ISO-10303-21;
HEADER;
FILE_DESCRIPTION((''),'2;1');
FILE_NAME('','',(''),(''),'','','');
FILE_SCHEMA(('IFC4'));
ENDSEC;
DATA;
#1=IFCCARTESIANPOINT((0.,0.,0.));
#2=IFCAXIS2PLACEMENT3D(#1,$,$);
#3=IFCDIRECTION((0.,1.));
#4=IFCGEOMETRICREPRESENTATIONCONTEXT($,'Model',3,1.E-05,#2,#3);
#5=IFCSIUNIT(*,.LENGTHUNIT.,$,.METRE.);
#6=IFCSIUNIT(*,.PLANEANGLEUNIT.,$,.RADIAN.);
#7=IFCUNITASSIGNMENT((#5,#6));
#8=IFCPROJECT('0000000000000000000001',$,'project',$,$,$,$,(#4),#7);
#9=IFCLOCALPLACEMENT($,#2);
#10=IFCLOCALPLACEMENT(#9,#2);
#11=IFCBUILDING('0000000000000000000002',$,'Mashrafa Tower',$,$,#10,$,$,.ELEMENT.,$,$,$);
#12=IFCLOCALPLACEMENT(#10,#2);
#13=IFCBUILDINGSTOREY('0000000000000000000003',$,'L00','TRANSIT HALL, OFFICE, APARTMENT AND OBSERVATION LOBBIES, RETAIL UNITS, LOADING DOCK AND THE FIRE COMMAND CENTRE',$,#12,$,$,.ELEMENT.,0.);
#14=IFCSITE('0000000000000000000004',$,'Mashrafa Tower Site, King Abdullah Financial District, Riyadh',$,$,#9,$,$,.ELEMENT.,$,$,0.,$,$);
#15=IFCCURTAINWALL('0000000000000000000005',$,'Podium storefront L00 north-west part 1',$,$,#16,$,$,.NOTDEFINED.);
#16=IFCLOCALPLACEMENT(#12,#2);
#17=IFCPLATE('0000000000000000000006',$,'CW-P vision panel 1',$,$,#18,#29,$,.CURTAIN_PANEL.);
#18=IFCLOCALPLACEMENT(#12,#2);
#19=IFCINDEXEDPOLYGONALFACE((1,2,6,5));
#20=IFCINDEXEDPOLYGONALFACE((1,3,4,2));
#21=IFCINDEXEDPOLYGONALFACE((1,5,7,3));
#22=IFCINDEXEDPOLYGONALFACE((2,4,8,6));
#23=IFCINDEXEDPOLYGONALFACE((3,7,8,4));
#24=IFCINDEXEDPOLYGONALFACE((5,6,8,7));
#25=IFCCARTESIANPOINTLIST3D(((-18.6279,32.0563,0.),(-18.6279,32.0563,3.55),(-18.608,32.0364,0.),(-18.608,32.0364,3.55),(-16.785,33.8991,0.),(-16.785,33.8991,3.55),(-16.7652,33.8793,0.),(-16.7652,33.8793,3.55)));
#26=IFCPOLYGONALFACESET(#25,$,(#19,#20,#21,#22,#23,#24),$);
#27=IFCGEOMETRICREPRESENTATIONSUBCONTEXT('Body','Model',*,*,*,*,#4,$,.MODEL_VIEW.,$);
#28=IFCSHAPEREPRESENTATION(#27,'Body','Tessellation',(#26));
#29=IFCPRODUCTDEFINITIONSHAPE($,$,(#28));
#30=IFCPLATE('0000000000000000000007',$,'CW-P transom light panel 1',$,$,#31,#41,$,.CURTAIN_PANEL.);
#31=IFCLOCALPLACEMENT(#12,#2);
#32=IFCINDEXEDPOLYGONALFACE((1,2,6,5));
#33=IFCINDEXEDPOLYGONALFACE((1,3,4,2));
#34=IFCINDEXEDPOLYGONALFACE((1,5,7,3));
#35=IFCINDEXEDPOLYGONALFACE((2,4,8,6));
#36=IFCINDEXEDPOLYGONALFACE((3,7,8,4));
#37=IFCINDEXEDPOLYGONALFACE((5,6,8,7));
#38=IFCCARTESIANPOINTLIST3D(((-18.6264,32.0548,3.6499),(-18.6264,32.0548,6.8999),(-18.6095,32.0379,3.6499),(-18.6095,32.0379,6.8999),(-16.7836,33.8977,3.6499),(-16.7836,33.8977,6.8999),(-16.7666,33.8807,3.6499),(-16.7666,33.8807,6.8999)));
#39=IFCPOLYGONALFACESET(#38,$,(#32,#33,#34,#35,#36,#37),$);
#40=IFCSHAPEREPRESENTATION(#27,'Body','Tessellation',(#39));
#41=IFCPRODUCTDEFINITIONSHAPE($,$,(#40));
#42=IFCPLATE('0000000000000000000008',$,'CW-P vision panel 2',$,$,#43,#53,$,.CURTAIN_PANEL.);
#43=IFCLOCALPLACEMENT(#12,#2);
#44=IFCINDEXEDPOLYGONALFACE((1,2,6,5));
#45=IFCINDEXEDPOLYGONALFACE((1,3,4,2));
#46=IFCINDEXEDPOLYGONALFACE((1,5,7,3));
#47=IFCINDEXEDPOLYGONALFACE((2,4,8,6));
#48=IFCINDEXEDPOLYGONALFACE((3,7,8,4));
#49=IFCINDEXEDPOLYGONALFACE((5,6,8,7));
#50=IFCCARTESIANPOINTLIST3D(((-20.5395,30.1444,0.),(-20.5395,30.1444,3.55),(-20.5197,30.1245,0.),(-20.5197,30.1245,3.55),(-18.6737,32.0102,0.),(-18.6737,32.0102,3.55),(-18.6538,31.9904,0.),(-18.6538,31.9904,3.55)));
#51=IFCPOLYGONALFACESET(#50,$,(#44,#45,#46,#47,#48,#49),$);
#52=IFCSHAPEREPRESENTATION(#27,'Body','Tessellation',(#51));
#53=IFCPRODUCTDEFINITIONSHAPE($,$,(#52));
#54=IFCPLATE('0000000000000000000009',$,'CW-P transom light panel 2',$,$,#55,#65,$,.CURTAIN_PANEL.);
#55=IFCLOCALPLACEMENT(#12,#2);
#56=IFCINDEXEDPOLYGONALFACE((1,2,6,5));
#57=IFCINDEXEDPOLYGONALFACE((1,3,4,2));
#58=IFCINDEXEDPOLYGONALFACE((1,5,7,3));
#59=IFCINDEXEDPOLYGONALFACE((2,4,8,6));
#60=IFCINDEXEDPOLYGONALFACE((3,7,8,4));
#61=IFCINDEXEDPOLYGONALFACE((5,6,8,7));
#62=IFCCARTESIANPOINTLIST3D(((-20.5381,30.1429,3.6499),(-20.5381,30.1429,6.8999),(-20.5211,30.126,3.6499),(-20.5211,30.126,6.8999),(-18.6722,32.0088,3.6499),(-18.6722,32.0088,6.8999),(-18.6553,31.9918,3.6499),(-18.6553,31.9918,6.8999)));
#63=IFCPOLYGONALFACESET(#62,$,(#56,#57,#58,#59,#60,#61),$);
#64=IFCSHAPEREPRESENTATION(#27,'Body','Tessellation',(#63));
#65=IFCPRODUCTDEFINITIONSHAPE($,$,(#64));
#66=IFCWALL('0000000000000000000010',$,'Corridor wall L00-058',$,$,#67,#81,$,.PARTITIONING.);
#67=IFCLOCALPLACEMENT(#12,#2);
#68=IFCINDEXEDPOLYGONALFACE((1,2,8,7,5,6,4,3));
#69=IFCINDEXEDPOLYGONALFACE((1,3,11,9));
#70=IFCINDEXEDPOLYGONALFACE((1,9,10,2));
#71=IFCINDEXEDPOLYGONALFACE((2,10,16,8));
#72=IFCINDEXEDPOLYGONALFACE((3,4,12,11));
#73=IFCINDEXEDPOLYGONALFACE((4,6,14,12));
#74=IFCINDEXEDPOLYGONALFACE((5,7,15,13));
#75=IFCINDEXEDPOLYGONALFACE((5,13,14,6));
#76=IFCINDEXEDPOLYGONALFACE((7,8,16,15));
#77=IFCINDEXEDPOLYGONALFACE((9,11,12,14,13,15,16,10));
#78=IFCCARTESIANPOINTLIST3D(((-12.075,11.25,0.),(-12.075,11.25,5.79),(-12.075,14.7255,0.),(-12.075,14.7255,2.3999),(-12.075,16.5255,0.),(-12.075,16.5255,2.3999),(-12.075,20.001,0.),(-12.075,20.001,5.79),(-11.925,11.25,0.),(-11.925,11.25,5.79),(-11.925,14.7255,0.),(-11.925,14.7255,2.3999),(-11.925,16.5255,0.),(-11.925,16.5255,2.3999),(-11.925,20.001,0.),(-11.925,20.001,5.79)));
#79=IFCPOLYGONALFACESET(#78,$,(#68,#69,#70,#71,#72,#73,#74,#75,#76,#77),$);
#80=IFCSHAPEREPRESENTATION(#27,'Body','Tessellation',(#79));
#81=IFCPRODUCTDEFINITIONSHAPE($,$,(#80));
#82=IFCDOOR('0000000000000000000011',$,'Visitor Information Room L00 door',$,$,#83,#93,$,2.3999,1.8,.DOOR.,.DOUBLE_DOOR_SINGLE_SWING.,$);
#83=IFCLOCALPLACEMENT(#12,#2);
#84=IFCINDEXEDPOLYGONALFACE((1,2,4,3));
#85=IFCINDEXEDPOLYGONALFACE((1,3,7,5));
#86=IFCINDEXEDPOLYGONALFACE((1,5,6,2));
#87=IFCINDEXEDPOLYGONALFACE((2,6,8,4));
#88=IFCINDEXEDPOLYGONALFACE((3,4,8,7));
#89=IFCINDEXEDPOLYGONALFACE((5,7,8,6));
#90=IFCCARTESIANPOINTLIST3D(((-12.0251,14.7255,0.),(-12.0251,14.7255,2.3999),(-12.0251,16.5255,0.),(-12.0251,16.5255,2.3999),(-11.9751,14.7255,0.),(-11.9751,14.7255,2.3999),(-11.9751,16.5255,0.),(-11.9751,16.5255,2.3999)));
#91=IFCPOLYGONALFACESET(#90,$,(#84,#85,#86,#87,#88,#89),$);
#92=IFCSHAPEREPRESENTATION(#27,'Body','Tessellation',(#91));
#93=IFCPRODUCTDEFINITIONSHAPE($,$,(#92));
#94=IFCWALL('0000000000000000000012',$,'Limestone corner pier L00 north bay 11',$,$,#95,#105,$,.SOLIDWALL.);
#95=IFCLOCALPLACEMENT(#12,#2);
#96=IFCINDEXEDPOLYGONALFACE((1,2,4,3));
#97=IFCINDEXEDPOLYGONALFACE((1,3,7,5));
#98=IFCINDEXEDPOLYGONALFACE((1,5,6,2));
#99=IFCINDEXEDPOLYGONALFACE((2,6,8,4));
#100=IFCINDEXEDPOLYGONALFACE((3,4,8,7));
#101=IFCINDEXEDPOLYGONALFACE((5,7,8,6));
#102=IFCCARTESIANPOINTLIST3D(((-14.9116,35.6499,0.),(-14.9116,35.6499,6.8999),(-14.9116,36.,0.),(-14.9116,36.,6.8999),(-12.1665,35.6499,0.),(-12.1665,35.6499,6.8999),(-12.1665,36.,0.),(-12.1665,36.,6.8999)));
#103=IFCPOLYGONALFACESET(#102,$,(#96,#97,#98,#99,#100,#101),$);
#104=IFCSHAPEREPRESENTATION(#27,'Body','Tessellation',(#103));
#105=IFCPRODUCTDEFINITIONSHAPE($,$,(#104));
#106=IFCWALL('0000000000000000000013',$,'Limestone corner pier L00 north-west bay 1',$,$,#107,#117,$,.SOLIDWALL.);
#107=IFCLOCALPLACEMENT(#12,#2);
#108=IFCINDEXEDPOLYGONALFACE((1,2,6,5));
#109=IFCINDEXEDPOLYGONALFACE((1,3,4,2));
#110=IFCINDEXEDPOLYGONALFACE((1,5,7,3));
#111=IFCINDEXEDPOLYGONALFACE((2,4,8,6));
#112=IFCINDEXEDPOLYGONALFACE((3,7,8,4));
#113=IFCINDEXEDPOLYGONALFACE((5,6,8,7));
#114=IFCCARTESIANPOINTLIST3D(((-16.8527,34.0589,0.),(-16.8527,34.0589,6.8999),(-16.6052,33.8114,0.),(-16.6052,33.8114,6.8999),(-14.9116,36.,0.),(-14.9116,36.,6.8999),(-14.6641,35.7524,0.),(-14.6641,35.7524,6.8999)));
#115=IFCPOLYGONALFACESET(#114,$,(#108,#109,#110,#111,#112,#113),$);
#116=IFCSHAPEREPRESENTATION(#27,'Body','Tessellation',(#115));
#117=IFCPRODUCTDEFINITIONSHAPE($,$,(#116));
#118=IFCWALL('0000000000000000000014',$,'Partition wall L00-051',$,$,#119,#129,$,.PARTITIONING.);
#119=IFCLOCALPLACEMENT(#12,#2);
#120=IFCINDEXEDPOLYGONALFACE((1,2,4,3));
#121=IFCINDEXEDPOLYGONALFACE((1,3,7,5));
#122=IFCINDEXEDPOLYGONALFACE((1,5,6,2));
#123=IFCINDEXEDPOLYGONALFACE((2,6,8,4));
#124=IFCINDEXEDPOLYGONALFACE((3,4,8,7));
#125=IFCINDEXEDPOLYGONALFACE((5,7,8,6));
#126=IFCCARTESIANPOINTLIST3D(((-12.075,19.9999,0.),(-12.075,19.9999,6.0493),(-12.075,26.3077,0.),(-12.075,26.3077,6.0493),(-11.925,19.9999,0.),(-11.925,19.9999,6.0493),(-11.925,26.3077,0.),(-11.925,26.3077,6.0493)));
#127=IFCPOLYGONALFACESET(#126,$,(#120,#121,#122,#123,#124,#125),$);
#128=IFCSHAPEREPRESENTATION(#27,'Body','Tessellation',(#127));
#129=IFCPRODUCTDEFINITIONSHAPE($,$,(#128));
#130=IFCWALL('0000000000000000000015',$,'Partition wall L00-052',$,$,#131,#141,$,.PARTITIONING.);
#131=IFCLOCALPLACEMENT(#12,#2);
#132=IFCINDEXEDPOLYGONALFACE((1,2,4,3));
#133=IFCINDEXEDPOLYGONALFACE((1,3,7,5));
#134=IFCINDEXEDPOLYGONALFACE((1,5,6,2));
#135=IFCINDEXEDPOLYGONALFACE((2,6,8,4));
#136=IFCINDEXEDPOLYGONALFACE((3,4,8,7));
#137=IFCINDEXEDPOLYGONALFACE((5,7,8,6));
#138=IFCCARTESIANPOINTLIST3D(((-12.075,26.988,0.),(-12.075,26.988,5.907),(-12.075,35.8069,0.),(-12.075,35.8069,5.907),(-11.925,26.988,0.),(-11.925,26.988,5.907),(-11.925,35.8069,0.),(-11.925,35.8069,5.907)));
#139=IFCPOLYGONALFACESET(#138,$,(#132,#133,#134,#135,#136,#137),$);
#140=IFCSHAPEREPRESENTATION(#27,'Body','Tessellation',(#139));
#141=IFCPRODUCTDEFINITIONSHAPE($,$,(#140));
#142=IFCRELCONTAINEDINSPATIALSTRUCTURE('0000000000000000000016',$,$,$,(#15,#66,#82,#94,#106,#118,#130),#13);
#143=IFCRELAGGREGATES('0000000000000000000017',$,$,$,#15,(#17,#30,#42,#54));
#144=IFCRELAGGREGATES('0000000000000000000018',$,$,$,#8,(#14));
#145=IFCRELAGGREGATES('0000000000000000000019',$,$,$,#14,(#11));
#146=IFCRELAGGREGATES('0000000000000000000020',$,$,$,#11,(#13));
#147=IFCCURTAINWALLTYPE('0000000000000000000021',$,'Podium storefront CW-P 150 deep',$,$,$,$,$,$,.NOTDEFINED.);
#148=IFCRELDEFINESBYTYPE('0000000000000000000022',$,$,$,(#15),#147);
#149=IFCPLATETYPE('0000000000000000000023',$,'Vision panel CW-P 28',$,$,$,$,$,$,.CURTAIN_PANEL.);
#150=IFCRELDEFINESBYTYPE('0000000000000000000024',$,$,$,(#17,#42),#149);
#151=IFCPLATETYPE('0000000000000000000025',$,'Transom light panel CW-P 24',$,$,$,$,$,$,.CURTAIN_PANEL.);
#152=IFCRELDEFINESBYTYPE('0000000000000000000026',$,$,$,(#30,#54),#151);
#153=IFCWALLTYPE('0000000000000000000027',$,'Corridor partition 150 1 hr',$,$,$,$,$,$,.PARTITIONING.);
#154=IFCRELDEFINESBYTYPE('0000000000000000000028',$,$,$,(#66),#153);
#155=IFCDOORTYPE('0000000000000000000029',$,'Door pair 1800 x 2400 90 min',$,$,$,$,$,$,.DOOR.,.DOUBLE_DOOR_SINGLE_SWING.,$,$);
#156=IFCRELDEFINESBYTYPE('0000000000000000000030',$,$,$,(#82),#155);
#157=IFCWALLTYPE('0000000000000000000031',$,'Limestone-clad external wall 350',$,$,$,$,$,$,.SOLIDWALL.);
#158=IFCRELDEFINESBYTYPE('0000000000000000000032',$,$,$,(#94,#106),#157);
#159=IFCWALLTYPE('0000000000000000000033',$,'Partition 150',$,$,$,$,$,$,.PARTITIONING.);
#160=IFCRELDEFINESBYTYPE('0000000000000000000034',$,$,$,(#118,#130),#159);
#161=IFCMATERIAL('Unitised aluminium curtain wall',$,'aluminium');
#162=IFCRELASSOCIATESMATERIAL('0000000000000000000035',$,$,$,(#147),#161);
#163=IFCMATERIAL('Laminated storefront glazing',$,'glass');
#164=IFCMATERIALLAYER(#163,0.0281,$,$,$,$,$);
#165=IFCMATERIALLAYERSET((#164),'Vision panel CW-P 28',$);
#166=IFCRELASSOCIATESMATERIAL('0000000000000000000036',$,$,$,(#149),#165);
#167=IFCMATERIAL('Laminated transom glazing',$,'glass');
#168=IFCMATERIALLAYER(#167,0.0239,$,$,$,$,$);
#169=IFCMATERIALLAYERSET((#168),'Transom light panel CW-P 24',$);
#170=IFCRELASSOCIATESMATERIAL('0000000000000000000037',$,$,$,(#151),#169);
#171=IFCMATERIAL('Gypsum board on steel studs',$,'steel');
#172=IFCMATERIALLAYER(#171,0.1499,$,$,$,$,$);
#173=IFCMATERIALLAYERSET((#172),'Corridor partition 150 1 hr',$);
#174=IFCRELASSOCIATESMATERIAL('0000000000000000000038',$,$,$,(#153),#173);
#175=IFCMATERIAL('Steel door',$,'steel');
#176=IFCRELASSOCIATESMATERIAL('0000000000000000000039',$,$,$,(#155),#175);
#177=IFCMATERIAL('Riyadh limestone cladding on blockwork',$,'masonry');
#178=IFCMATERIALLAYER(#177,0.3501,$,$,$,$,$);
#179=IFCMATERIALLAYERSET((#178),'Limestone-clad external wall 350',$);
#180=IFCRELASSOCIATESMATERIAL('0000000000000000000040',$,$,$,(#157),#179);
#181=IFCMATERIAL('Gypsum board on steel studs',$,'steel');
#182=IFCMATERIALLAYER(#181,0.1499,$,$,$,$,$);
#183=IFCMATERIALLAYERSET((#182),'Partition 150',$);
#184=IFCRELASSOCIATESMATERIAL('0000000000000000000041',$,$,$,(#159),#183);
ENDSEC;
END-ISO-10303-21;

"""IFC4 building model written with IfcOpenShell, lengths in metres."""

from ifc_helpers import new_model, si_unit, direction, frame, frame_2d, origin, origin_2d, place, context, subcontext, project, spatial, rectangle, extrude, source, transform, mapped, material, layer, layer_set, type_object, type_shapes, element, fill, aggregate, save


model = new_model("IFC4")

# Units and contexts
model_context = context("Model", 3, precision=1e-05, world=origin(), true_north=direction((0.0, 1.0)))
body_context = subcontext(model_context, "Body", "Model", "MODEL_VIEW")
ifc_project = project(units=[si_unit("LENGTHUNIT", "METRE"), si_unit("PLANEANGLEUNIT", "RADIAN")], contexts=[model_context])

# Site, building, storey
site_placement = place(None, origin())
site = spatial("IfcSite", under=ifc_project, at=site_placement, Name="Mashrafa Tower Site, King Abdullah Financial District, Riyadh", CompositionType="ELEMENT", RefElevation=0.0)
building_placement = place(site_placement, origin())
building = spatial("IfcBuilding", under=site, at=building_placement, Name="Mashrafa Tower", CompositionType="ELEMENT")
storey_placement = place(building_placement, origin())
storey = spatial("IfcBuildingStorey", under=building, at=storey_placement, Name="L00", Description="TRANSIT HALL, OFFICE, APARTMENT AND OBSERVATION LOBBIES, RETAIL UNITS, LOADING DOCK AND THE FIRE COMMAND CENTRE", CompositionType="ELEMENT", Elevation=0.0)

# Shared definitions
ifc_material_1 = material(Name="Unitised aluminium curtain wall", Category="aluminium")
curtain_wall_type = type_object("IfcCurtainWallType", Name="Podium storefront CW-P 150 deep", PredefinedType="NOTDEFINED", material=ifc_material_1)

# Curtain wall, plates
curtain_wall_1_placement = place(storey_placement, origin())
curtain_wall_1 = element("IfcCurtainWall", 1, at=curtain_wall_1_placement, inside=storey, type_object=curtain_wall_type, Name="Podium storefront L00 north-west part 1", PredefinedType="NOTDEFINED")
ifc_material_2 = material(Name="Laminated storefront glazing", Category="glass")
ifc_layer_1 = layer(ifc_material_2, 0.0281)
ifc_layer_set_1 = layer_set([ifc_layer_1], Name="Vision panel CW-P 28")
plate_type_1 = type_object("IfcPlateType", Name="Vision panel CW-P 28", PredefinedType="CURTAIN_PANEL", material=ifc_layer_set_1)
shared_shape_1 = source(origin(), body_context, "Body", "SweptSolid", [
    extrude(rectangle(XDim=2.6062, YDim=0.0281, at=origin_2d()), origin(), (0.0, 0.0, 1.0), 3.55),
])
plate_1_placement = place(storey_placement, frame((-17.6965, 32.9678, 0.0), z_axis=(0.0, 0.0, 1.0), x_axis=(-0.707107, -0.707107, 0.0)))
plate_1 = element("IfcPlate", 2, at=plate_1_placement, type_object=plate_type_1, Name="CW-P vision panel 1", PredefinedType="CURTAIN_PANEL", context=body_context, shape_type="MappedRepresentation", body=[
    mapped(shared_shape_1, transform((0.0, 0.0, 0.0))),
])
ifc_material_3 = material(Name="Laminated transom glazing", Category="glass")
ifc_layer_2 = layer(ifc_material_3, 0.0239)
ifc_layer_set_2 = layer_set([ifc_layer_2], Name="Transom light panel CW-P 24")
plate_type_2 = type_object("IfcPlateType", Name="Transom light panel CW-P 24", PredefinedType="CURTAIN_PANEL", material=ifc_layer_set_2)
shared_shape_2 = source(origin(), body_context, "Body", "SweptSolid", [
    extrude(rectangle(XDim=2.6062, YDim=0.0239, at=origin_2d()), origin(), (0.0, 0.0, 1.0), 3.25),
])
plate_2_placement = place(storey_placement, frame((-17.6965, 32.9678, 3.6499), z_axis=(0.0, 0.0, 1.0), x_axis=(-0.707107, -0.707107, 0.0)))
plate_2 = element("IfcPlate", 3, at=plate_2_placement, type_object=plate_type_2, Name="CW-P transom light panel 1", PredefinedType="CURTAIN_PANEL", context=body_context, shape_type="MappedRepresentation", body=[
    mapped(shared_shape_2, transform((0.0, 0.0, 0.0))),
])
shared_shape_3 = source(origin(), body_context, "Body", "SweptSolid", [
    extrude(rectangle(XDim=2.6387, YDim=0.0281, at=origin_2d()), origin(), (0.0, 0.0, 1.0), 3.55),
])
type_shapes(plate_type_1, [shared_shape_1, shared_shape_3])
plate_3_placement = place(storey_placement, frame((-19.5967, 31.0674, 0.0), z_axis=(0.0, 0.0, 1.0), x_axis=(-0.707107, -0.707107, 0.0)))
plate_3 = element("IfcPlate", 4, at=plate_3_placement, type_object=plate_type_1, Name="CW-P vision panel 2", PredefinedType="CURTAIN_PANEL", context=body_context, shape_type="MappedRepresentation", body=[
    mapped(shared_shape_3, transform((0.0, 0.0, 0.0))),
])
shared_shape_4 = source(origin(), body_context, "Body", "SweptSolid", [
    extrude(rectangle(XDim=2.6387, YDim=0.0239, at=origin_2d()), origin(), (0.0, 0.0, 1.0), 3.25),
])
type_shapes(plate_type_2, [shared_shape_2, shared_shape_4])
plate_4_placement = place(storey_placement, frame((-19.5967, 31.0674, 3.6499), z_axis=(0.0, 0.0, 1.0), x_axis=(-0.707107, -0.707107, 0.0)))
plate_4 = element("IfcPlate", 5, at=plate_4_placement, type_object=plate_type_2, Name="CW-P transom light panel 2", PredefinedType="CURTAIN_PANEL", context=body_context, shape_type="MappedRepresentation", body=[
    mapped(shared_shape_4, transform((0.0, 0.0, 0.0))),
])
aggregate(curtain_wall_1, [plate_1, plate_2, plate_3, plate_4])

# Wall, opening, door
ifc_material_4 = material(Name="Gypsum board on steel studs", Category="steel")
ifc_layer_3 = layer(ifc_material_4, 0.1499)
ifc_layer_set_3 = layer_set([ifc_layer_3], Name="Corridor partition 150 1 hr")
wall_type_1 = type_object("IfcWallType", Name="Corridor partition 150 1 hr", PredefinedType="PARTITIONING", material=ifc_layer_set_3)
ifc_material_5 = material(Name="Steel door", Category="steel")
door_type = type_object("IfcDoorType", Name="Door pair 1800 x 2400 90 min", OperationType="DOUBLE_DOOR_SINGLE_SWING", PredefinedType="DOOR", material=ifc_material_5)
wall_1_placement = place(storey_placement, frame((-12.0, 20.001, 0.0), z_axis=(0.0, 0.0, 1.0), x_axis=(0.0, -1.0, 0.0)))
wall_1 = element("IfcWall", 6, at=wall_1_placement, inside=storey, type_object=wall_type_1, Name="Corridor wall L00-058", PredefinedType="PARTITIONING", context=body_context, shape_type="SweptSolid", body=[
    extrude(rectangle(XDim=8.751, YDim=0.1499, at=frame_2d((4.3755, 0.0))), origin(), (0.0, 0.0, 1.0), 5.79),
])
opening_1_placement = place(wall_1_placement, frame((3.4756, 0.0, 0.0)))
opening_1 = element("IfcOpeningElement", 7, at=opening_1_placement, cuts=wall_1, PredefinedType="OPENING", context=body_context, shape_type="SweptSolid", body=[
    extrude(rectangle(XDim=1.8, YDim=2.3999, at=frame_2d((0.8999, 1.2))), frame((0.0, 0.085, 0.0), z_axis=(0.0, -1.0, 0.0), x_axis=(1.0, 0.0, 0.0)), (0.0, 0.0, 1.0), 0.1699),
])
door_1_placement = place(opening_1_placement, origin())
door_1 = element("IfcDoor", 8, at=door_1_placement, inside=storey, type_object=door_type, Name="Visitor Information Room L00 door", OperationType="DOUBLE_DOOR_SINGLE_SWING", OverallHeight=2.3999, OverallWidth=1.8, PredefinedType="DOOR", context=body_context, shape_type="SweptSolid", body=[
    extrude(rectangle(XDim=1.8, YDim=2.3999, at=frame_2d((0.8999, 1.2))), frame((0.0, 0.0249, 0.0), z_axis=(0.0, -1.0, 0.0), x_axis=(1.0, 0.0, 0.0)), (0.0, 0.0, 1.0), 0.05),
])
fill(opening_1, door_1)

# Walls
ifc_material_6 = material(Name="Riyadh limestone cladding on blockwork", Category="masonry")
ifc_layer_4 = layer(ifc_material_6, 0.3501)
ifc_layer_set_4 = layer_set([ifc_layer_4], Name="Limestone-clad external wall 350")
wall_type_2 = type_object("IfcWallType", Name="Limestone-clad external wall 350", PredefinedType="SOLIDWALL", material=ifc_layer_set_4)
for number, where, z_axis, x_axis, name in (
    (9, (-12.1665, 35.825, 0.0), (0.0, 0.0, 1.0), (-1.0, 0.0, 0.0), "Limestone corner pier L00 north bay 11"),
    (10, (-14.7878, 35.8762, 0.0), (0.0, 0.0, 1.0), (-0.707107, -0.707107, 0.0), "Limestone corner pier L00 north-west bay 1"),
):
    element("IfcWall", number, at=place(storey_placement, frame(where, z_axis=z_axis, x_axis=x_axis)), inside=storey, type_object=wall_type_2, Name=name, PredefinedType="SOLIDWALL", context=body_context, shape_type="SweptSolid", body=[
        extrude(rectangle(XDim=2.7451, YDim=0.3501, at=frame_2d((1.3726, 0.0))), origin(), (0.0, 0.0, 1.0), 6.8999),
    ])
ifc_material_7 = material(Name="Gypsum board on steel studs", Category="steel")
ifc_layer_5 = layer(ifc_material_7, 0.1499)
ifc_layer_set_5 = layer_set([ifc_layer_5], Name="Partition 150")
wall_type_3 = type_object("IfcWallType", Name="Partition 150", PredefinedType="PARTITIONING", material=ifc_layer_set_5)
wall_2_placement = place(storey_placement, frame((-12.0, 20.0, 0.0), z_axis=(0.0, 0.0, 1.0), x_axis=(0.0, 1.0, 0.0)))
element("IfcWall", 11, at=wall_2_placement, inside=storey, type_object=wall_type_3, Name="Partition wall L00-051", PredefinedType="PARTITIONING", context=body_context, shape_type="SweptSolid", body=[
    extrude(rectangle(XDim=6.3079, YDim=0.1499, at=frame_2d((3.1538, 0.0))), origin(), (0.0, 0.0, 1.0), 6.0493),
])
wall_3_placement = place(storey_placement, frame((-12.0, 26.988, 0.0), z_axis=(0.0, 0.0, 1.0), x_axis=(0.0, 1.0, 0.0)))
element("IfcWall", 12, at=wall_3_placement, inside=storey, type_object=wall_type_3, Name="Partition wall L00-052", PredefinedType="PARTITIONING", context=body_context, shape_type="SweptSolid", body=[
    extrude(rectangle(XDim=8.8188, YDim=0.1499, at=frame_2d((4.4094, 0.0))), origin(), (0.0, 0.0, 1.0), 5.907),
])

save(model, "model.ifc")
